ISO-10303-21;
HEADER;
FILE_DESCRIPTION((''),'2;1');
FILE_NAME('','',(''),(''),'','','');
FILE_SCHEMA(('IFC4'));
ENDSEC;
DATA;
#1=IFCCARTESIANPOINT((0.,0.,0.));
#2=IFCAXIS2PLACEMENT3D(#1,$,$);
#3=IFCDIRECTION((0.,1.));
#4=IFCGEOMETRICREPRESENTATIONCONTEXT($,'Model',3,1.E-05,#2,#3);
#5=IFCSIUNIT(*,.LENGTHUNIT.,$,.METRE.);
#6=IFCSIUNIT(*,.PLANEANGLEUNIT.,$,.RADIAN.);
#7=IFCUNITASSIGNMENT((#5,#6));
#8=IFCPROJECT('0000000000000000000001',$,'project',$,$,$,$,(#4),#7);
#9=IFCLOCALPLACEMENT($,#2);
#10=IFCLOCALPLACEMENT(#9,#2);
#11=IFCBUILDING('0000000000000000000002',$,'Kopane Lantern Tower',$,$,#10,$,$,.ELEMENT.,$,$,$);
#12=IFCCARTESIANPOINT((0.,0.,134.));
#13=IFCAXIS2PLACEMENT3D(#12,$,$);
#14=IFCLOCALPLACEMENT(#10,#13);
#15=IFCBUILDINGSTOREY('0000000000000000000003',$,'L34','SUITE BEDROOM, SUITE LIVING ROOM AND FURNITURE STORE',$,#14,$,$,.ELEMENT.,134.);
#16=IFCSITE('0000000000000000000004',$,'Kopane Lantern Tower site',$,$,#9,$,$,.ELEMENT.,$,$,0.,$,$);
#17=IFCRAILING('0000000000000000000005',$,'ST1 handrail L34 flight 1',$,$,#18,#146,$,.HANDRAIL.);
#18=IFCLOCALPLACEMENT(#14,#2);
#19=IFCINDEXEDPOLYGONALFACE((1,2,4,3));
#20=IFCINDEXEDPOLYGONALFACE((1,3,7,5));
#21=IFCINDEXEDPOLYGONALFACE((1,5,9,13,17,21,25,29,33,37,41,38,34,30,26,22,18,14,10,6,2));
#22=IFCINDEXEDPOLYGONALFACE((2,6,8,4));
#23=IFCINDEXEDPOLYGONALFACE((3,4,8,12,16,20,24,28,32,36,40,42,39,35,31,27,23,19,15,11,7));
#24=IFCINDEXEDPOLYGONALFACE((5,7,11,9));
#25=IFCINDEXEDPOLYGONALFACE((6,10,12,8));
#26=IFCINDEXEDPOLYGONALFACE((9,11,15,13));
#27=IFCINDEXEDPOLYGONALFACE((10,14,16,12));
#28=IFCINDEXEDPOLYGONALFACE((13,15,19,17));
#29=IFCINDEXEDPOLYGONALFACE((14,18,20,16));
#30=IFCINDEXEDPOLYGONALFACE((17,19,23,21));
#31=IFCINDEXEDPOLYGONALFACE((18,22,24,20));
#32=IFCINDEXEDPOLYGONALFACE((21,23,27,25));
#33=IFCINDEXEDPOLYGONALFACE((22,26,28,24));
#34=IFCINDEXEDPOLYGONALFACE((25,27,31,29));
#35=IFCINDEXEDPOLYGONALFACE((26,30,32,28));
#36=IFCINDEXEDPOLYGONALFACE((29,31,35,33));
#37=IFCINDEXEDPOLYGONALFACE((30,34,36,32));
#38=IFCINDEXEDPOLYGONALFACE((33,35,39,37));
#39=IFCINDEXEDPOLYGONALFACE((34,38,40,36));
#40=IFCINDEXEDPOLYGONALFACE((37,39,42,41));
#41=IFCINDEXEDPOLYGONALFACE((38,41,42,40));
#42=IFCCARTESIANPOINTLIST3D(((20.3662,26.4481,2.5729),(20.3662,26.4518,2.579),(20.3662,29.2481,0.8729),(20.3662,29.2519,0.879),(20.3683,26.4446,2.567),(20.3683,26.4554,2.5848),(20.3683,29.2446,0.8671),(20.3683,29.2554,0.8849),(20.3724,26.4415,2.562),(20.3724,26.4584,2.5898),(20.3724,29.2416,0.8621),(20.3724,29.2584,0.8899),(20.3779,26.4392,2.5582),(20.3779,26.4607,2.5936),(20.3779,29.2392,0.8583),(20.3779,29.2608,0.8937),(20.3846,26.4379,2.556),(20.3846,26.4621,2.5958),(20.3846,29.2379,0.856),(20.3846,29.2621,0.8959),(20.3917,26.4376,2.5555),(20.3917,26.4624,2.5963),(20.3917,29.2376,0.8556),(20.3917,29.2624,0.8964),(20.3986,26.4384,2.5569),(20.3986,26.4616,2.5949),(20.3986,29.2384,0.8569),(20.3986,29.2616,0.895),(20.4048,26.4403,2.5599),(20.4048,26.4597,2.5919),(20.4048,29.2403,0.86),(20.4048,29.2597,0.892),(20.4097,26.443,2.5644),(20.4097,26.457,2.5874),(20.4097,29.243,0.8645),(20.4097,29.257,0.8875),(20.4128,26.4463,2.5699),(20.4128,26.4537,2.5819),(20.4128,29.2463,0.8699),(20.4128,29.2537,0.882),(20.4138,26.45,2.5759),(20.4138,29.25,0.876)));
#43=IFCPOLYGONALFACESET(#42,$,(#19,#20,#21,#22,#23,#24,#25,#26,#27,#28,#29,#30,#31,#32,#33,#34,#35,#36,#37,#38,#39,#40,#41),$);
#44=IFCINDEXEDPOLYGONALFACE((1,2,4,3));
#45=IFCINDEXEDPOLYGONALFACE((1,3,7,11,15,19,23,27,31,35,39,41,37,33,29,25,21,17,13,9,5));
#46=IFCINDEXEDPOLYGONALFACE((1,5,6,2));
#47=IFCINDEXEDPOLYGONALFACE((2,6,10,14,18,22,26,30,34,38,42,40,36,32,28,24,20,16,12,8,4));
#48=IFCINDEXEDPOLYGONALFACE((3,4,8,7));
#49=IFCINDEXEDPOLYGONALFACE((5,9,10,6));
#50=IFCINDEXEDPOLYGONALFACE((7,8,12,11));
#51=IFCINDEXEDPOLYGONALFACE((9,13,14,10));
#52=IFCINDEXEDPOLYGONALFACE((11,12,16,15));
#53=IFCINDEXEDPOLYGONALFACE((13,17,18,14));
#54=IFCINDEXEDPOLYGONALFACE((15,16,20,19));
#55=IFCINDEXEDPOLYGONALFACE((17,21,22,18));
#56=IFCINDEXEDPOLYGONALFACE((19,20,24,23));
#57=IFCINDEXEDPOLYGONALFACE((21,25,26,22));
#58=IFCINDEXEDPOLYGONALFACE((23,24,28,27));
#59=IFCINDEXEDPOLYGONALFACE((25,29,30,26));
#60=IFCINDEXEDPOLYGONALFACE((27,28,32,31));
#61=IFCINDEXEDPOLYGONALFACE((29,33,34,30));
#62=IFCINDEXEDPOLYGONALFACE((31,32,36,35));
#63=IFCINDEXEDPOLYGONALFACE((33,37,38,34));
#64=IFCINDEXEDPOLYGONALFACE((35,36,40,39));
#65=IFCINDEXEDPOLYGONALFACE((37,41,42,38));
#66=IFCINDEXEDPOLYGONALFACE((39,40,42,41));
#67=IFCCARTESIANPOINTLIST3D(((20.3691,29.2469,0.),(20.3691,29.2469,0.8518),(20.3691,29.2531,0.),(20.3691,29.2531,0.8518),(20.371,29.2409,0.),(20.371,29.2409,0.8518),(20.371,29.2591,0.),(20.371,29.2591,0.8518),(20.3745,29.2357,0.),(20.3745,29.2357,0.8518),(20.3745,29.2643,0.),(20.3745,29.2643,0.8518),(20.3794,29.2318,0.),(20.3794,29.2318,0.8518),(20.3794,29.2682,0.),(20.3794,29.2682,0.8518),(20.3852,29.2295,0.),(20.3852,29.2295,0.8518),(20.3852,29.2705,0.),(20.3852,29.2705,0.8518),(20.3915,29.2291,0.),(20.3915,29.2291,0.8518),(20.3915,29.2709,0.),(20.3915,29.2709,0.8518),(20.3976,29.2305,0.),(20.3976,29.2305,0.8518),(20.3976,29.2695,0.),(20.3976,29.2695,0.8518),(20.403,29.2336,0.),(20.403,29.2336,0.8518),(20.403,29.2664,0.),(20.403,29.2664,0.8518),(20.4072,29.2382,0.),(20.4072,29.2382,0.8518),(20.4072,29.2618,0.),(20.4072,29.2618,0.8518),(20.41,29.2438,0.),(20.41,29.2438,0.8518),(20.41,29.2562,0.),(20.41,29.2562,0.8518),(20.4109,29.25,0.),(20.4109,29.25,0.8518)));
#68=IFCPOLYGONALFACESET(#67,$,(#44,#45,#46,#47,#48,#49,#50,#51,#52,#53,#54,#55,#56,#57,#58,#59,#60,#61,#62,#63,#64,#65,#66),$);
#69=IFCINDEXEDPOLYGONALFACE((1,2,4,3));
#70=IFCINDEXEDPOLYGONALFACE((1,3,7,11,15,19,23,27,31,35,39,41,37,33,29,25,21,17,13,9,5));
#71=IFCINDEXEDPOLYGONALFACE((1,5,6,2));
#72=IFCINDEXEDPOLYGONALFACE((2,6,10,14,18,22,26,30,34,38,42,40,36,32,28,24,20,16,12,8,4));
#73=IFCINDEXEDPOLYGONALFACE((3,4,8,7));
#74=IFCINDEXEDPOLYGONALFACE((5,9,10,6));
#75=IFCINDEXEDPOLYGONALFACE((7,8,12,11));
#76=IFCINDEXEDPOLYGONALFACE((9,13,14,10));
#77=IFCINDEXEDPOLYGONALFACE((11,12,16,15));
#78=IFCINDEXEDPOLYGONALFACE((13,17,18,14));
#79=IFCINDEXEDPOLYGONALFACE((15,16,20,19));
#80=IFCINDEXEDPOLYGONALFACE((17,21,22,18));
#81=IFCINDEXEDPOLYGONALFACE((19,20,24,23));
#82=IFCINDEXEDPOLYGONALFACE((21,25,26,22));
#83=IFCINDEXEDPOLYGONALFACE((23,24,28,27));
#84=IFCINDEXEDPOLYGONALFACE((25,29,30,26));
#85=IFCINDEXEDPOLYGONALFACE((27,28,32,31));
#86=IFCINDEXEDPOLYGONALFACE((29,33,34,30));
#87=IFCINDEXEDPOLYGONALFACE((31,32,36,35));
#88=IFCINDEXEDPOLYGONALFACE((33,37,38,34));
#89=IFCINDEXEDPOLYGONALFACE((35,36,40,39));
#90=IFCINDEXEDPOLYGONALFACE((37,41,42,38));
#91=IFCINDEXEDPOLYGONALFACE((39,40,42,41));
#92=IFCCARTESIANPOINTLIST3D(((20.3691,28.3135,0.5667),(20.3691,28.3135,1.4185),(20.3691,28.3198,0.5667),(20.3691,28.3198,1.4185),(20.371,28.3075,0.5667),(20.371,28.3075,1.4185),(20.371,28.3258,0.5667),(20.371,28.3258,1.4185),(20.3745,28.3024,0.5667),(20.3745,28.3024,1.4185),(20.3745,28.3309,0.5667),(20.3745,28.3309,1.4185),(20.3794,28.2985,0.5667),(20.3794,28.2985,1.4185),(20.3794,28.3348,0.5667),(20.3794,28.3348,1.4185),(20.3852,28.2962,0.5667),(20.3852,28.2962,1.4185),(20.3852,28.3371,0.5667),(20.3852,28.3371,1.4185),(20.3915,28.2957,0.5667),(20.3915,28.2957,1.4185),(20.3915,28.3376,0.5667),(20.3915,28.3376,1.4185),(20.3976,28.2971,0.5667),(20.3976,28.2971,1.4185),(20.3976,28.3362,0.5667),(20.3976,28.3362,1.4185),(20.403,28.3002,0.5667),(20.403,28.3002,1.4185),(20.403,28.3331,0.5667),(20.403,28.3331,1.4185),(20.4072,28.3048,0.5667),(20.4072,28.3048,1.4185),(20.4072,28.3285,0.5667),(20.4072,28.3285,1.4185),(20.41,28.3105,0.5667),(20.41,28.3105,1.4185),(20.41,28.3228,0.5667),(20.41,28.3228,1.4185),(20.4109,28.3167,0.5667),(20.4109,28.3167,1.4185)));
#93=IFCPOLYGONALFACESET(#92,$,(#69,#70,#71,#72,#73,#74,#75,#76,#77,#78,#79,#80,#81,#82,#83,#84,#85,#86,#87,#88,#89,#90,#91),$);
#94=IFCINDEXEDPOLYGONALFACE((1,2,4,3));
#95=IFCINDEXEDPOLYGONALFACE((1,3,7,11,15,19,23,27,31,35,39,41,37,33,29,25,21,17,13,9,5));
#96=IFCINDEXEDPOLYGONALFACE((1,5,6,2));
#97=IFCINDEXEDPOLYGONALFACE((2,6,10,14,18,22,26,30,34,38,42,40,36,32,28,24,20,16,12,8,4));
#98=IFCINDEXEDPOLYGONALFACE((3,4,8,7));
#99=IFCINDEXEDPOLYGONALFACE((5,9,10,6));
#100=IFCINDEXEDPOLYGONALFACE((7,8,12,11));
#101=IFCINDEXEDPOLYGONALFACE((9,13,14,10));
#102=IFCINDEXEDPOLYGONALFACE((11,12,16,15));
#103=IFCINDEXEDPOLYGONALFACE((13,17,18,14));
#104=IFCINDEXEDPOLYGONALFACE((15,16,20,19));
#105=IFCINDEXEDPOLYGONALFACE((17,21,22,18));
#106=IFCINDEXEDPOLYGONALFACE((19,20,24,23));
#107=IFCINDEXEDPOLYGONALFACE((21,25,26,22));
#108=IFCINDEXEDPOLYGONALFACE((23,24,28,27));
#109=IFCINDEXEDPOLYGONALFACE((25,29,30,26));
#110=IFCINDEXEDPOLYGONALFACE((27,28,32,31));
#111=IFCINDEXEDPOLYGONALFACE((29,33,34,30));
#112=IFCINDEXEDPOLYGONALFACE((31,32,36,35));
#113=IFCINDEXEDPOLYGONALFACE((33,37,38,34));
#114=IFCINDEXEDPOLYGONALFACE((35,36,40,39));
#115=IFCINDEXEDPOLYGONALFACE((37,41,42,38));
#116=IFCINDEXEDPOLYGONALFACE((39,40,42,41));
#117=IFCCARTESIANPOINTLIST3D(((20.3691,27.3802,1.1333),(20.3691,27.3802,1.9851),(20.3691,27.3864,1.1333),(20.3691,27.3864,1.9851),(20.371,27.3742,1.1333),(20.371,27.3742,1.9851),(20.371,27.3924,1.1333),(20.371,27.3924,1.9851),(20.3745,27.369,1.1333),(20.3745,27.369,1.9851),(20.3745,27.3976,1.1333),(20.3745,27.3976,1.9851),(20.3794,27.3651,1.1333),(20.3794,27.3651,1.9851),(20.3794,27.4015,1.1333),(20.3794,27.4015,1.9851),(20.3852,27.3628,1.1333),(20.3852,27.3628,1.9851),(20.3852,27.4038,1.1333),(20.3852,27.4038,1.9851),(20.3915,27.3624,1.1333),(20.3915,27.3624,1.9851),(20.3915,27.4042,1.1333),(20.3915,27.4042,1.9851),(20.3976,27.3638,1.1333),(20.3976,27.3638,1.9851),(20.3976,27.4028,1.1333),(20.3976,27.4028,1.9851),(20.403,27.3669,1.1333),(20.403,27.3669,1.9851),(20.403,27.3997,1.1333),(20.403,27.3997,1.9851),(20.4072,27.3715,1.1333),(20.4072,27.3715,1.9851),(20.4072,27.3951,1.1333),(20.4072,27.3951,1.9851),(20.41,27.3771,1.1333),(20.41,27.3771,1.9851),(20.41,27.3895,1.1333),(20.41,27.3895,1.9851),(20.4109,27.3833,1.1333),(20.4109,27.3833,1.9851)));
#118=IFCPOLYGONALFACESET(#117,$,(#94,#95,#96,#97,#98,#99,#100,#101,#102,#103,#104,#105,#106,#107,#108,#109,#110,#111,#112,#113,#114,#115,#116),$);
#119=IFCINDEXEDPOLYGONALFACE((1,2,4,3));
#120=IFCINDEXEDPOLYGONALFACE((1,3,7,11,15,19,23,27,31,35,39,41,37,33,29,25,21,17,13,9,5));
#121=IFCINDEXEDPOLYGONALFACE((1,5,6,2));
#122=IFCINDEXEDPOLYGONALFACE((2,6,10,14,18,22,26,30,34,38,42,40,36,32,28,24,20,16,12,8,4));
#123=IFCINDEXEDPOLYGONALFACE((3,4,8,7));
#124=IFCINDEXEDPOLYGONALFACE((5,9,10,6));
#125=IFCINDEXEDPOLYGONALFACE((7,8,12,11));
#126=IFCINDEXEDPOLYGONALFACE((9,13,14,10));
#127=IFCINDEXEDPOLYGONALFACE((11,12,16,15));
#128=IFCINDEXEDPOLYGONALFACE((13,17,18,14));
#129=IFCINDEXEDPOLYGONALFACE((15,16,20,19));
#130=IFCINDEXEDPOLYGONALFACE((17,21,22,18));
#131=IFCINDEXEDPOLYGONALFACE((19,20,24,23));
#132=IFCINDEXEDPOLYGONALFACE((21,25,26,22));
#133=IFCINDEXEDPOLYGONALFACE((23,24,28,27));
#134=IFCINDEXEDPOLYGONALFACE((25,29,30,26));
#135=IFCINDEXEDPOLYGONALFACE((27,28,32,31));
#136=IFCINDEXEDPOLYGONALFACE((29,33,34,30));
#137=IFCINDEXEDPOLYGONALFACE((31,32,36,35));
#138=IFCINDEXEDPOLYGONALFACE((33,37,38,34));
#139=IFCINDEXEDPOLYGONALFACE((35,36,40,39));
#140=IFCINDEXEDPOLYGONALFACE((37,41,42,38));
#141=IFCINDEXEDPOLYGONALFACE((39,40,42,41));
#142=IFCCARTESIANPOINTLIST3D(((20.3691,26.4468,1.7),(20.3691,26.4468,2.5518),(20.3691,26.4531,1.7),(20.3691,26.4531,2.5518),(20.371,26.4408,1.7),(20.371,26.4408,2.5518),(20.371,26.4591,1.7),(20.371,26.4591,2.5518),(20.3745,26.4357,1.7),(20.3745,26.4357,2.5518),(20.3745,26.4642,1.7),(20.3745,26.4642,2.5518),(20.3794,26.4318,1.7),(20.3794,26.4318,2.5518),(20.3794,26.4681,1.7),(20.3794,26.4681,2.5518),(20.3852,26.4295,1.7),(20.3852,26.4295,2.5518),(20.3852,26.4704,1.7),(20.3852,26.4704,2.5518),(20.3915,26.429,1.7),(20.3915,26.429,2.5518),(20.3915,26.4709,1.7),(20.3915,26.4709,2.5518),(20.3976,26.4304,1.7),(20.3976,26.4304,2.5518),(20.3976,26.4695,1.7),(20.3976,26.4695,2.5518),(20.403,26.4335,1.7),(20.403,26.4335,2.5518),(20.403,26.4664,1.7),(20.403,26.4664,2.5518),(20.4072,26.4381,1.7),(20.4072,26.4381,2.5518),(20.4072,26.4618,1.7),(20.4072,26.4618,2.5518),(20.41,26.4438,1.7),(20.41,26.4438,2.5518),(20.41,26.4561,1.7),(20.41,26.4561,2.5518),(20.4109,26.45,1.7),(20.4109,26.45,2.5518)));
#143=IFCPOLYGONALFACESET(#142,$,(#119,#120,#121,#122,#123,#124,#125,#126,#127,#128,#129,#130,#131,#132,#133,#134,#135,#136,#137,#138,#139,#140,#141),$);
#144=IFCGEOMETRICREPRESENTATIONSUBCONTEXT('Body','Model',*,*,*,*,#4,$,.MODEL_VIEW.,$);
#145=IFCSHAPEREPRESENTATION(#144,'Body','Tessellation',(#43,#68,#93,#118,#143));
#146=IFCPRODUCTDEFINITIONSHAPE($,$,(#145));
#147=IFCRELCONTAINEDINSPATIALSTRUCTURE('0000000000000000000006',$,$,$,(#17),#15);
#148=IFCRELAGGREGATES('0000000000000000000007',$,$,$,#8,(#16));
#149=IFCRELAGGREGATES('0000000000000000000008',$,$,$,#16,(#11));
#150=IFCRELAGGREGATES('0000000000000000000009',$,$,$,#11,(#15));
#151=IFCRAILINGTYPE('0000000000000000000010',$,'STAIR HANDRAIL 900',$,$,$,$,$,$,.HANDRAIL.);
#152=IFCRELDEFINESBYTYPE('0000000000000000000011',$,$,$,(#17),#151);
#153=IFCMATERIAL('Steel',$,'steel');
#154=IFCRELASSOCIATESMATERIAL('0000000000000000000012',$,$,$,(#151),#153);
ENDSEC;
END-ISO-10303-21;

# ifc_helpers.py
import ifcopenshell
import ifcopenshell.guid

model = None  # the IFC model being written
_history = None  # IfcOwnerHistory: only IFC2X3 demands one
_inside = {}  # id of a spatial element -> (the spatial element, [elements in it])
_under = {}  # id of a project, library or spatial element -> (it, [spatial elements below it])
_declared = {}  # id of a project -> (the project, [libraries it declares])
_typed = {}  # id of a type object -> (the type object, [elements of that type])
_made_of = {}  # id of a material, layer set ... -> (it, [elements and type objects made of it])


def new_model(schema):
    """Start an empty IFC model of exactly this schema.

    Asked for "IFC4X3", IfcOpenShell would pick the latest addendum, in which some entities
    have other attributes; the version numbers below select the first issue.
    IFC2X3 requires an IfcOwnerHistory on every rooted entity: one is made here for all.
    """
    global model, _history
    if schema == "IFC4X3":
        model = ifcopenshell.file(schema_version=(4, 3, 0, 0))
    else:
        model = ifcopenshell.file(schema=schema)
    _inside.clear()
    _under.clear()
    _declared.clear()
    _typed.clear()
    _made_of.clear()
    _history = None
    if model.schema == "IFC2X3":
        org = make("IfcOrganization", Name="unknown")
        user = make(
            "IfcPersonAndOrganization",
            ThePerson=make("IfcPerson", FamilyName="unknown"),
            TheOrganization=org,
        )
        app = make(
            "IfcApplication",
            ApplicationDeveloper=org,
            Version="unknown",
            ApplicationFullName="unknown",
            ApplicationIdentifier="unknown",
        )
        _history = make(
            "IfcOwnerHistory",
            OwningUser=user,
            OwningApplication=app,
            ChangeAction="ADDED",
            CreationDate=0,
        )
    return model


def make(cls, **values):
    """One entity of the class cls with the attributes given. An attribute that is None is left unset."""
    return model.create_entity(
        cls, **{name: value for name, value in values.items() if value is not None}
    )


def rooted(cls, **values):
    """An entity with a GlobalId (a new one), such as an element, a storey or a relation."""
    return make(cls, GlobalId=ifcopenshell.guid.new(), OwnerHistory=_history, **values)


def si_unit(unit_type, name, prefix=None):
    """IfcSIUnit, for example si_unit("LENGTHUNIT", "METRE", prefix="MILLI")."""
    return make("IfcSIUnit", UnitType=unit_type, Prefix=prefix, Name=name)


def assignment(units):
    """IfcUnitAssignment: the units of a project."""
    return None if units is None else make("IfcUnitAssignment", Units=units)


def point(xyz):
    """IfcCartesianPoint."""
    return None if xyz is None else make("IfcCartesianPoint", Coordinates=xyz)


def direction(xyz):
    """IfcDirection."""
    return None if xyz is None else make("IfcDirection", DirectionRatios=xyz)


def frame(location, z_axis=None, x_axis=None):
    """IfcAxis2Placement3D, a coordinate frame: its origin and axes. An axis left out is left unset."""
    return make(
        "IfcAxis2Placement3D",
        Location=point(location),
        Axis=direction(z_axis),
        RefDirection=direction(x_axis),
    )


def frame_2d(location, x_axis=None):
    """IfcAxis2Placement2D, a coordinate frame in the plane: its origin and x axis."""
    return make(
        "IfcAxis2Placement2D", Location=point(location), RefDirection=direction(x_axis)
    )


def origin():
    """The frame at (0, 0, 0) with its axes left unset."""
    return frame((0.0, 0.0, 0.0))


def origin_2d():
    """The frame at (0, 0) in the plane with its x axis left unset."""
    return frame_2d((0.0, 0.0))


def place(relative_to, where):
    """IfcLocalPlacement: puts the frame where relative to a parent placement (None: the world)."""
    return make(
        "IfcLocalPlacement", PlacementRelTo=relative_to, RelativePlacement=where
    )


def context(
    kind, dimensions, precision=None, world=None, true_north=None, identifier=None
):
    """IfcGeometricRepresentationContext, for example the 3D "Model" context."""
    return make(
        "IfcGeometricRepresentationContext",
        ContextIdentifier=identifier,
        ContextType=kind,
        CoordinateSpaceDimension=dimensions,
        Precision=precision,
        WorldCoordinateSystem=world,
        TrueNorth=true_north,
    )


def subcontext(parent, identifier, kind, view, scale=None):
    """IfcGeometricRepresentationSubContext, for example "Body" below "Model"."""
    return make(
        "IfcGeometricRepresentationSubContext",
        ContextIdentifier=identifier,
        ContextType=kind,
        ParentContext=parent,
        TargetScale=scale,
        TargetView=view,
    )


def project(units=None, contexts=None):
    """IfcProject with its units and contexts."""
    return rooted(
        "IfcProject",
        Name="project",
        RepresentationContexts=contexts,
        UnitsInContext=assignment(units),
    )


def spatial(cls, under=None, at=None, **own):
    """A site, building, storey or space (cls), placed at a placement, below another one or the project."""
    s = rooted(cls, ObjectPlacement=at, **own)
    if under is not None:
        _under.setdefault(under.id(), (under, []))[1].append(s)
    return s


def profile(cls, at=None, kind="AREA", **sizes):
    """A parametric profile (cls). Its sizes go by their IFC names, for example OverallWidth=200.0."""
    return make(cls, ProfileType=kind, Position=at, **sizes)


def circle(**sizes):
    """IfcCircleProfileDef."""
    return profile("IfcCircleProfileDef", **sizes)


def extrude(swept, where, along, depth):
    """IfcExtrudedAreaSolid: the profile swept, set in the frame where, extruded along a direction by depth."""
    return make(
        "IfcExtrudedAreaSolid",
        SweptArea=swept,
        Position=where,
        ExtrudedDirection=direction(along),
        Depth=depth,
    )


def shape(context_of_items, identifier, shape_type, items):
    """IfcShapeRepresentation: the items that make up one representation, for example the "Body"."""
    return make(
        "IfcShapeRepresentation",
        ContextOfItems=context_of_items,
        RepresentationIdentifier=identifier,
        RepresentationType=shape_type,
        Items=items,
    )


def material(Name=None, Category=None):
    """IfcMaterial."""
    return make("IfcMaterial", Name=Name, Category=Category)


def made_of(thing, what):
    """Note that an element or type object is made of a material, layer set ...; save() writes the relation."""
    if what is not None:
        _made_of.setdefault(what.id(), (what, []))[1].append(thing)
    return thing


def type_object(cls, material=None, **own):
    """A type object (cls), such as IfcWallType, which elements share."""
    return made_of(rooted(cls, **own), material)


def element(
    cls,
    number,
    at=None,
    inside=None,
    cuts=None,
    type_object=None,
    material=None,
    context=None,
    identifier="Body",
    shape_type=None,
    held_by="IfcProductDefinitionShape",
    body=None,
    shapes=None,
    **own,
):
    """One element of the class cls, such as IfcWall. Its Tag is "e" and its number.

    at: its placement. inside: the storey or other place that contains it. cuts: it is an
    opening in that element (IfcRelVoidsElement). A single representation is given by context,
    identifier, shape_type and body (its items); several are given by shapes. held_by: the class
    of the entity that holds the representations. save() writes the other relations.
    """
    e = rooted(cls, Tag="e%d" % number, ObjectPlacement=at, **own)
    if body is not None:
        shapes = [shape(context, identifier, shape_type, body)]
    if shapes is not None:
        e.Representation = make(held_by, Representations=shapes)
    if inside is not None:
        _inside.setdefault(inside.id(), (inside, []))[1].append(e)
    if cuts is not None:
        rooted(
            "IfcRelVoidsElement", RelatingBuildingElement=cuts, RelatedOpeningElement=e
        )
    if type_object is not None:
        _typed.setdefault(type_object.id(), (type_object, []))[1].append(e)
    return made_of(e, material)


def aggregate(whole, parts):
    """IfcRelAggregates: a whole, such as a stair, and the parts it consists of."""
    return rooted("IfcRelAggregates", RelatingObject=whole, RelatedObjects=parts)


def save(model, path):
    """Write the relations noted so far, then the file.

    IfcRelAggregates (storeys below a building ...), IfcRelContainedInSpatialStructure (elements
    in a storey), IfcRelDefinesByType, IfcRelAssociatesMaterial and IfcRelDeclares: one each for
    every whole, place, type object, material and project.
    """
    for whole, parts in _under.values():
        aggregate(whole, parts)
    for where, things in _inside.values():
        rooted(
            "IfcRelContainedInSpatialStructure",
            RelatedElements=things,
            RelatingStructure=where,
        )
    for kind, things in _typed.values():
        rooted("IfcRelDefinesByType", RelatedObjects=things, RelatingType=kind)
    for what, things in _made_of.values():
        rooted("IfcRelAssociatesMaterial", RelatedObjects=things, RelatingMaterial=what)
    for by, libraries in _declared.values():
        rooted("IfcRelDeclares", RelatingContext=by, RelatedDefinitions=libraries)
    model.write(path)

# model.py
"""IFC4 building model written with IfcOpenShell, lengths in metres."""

from ifc_helpers import new_model, si_unit, direction, frame, origin, origin_2d, place, context, subcontext, project, spatial, circle, extrude, material, type_object, element, save


model = new_model("IFC4")

# Units and contexts
model_context = context("Model", 3, precision=1e-05, world=origin(), true_north=direction((0.0, 1.0)))
body_context = subcontext(model_context, "Body", "Model", "MODEL_VIEW")
ifc_project = project(units=[si_unit("LENGTHUNIT", "METRE"), si_unit("PLANEANGLEUNIT", "RADIAN")], contexts=[model_context])

# Site, building, storey
site_placement = place(None, origin())
site = spatial("IfcSite", under=ifc_project, at=site_placement, Name="Kopane Lantern Tower site", CompositionType="ELEMENT", RefElevation=0.0)
building_placement = place(site_placement, origin())
building = spatial("IfcBuilding", under=site, at=building_placement, Name="Kopane Lantern Tower", CompositionType="ELEMENT")
storey_placement = place(building_placement, frame((0.0, 0.0, 134.0)))
storey = spatial("IfcBuildingStorey", under=building, at=storey_placement, Name="L34", Description="SUITE BEDROOM, SUITE LIVING ROOM AND FURNITURE STORE", CompositionType="ELEMENT", Elevation=134.0)

# Railing
ifc_material_1 = material(Name="Steel", Category="steel")
railing_type = type_object("IfcRailingType", Name="STAIR HANDRAIL 900", PredefinedType="HANDRAIL", material=ifc_material_1)
for number, where, name in (
    (1, (20.3899, 29.25, 0.0), "ST1 handrail L34 flight 1"),
):
    element("IfcRailing", number, at=place(storey_placement, frame(where)), inside=storey, type_object=railing_type, Name=name, PredefinedType="HANDRAIL", context=body_context, shape_type="SweptSolid", body=[
        extrude(circle(Radius=0.0239, at=origin_2d()), frame((0.0, 0.0, 0.876), z_axis=(0.0, -0.854798, 0.518961), x_axis=(1.0, 0.0, 0.0)), (0.0, 0.0, 1.0), 3.2756),
        extrude(circle(Radius=0.021, at=origin_2d()), origin(), (0.0, 0.0, 1.0), 0.8518),
        extrude(circle(Radius=0.021, at=origin_2d()), frame((0.0, -0.9333, 0.5667)), (0.0, 0.0, 1.0), 0.8518),
        extrude(circle(Radius=0.021, at=origin_2d()), frame((0.0, -1.8667, 1.1333)), (0.0, 0.0, 1.0), 0.8518),
        extrude(circle(Radius=0.021, at=origin_2d()), frame((0.0, -2.8, 1.7)), (0.0, 0.0, 1.0), 0.8518),
    ])

save(model, "model.ifc")
